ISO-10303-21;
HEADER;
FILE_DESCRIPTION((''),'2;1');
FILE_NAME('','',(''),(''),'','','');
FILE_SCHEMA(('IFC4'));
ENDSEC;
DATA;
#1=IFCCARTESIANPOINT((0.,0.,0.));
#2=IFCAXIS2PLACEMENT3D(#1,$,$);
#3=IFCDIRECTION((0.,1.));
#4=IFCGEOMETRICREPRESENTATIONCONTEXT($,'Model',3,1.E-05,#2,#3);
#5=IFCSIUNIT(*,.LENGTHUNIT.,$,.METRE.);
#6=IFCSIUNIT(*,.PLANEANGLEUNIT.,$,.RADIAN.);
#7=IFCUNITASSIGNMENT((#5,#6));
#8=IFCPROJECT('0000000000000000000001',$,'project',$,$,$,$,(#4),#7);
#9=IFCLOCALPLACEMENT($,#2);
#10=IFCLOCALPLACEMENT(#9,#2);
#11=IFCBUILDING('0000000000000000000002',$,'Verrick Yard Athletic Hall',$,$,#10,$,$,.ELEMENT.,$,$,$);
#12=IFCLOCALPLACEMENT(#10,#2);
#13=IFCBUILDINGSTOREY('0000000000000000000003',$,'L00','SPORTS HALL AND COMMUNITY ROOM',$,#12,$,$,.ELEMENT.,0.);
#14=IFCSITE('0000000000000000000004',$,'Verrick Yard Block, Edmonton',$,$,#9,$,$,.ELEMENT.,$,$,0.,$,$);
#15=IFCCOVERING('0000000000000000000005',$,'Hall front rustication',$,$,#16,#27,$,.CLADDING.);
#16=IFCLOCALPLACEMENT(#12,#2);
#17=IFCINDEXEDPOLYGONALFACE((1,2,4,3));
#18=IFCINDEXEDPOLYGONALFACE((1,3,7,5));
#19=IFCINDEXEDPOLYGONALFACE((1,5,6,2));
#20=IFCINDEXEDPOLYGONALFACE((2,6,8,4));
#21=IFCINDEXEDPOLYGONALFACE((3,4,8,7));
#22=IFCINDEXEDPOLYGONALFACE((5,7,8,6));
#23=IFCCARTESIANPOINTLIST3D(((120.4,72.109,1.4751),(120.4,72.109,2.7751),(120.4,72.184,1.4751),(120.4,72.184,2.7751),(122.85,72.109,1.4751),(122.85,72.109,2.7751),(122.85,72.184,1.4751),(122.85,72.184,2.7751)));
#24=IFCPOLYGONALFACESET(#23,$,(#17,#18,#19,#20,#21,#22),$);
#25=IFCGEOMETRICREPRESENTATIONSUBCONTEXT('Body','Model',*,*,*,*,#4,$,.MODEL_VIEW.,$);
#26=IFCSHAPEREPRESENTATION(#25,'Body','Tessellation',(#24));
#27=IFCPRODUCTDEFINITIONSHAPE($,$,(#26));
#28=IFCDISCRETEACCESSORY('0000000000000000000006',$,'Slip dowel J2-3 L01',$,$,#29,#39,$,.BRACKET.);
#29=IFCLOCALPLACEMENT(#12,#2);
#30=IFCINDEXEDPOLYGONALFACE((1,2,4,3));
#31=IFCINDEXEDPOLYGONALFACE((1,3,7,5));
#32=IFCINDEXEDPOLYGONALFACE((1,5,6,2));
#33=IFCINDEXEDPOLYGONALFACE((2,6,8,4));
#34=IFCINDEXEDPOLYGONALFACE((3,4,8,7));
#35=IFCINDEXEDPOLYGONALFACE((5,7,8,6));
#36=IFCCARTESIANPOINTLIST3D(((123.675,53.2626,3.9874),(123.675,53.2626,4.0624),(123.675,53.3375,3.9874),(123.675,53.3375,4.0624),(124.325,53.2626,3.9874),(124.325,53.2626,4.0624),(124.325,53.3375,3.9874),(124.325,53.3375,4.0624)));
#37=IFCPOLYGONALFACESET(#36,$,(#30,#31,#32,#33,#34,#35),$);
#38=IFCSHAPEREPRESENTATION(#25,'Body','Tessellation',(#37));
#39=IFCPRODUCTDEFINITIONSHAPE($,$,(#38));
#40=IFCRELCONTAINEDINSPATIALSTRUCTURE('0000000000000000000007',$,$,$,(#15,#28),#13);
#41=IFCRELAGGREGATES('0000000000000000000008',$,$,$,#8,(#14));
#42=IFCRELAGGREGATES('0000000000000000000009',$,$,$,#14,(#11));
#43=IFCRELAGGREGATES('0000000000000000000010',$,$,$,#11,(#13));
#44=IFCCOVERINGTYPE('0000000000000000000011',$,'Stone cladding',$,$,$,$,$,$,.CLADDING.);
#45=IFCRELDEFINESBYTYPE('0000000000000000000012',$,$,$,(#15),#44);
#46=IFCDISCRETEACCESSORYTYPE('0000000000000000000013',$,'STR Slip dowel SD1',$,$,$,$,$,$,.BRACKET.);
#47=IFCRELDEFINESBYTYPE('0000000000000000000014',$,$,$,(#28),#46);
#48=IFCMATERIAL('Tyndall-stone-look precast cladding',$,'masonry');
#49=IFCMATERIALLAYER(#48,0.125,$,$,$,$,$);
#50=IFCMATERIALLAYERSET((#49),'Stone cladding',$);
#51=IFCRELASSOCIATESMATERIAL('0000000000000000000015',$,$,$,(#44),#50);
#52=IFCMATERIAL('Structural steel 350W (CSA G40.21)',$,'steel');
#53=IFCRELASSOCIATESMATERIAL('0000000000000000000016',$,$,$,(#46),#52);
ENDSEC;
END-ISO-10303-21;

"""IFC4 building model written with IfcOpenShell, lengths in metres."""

from ifc_helpers import new_model, si_unit, direction, frame, origin, origin_2d, place, context, subcontext, project, spatial, rectangle, extrude, material, layer, layer_set, material_profile, profile_set, type_object, element, save


model = new_model("IFC4")

# Units and contexts
model_context = context("Model", 3, precision=1e-05, world=origin(), true_north=direction((0.0, 1.0)))
body_context = subcontext(model_context, "Body", "Model", "MODEL_VIEW")
ifc_project = project(units=[si_unit("LENGTHUNIT", "METRE"), si_unit("PLANEANGLEUNIT", "RADIAN")], contexts=[model_context])

# Site, building, storey
site_placement = place(None, origin())
site = spatial("IfcSite", under=ifc_project, at=site_placement, Name="Verrick Yard Block, Edmonton", CompositionType="ELEMENT", RefElevation=0.0)
building_placement = place(site_placement, origin())
building = spatial("IfcBuilding", under=site, at=building_placement, Name="Verrick Yard Athletic Hall", CompositionType="ELEMENT")
storey_placement = place(building_placement, origin())
storey = spatial("IfcBuildingStorey", under=building, at=storey_placement, Name="L00", Description="SPORTS HALL AND COMMUNITY ROOM", CompositionType="ELEMENT", Elevation=0.0)

# Shared definitions
ifc_material_1 = material(Name="Structural steel 350W (CSA G40.21)", Category="steel")

# Covering
ifc_material_2 = material(Name="Tyndall-stone-look precast cladding", Category="masonry")
ifc_layer_1 = layer(ifc_material_2, 0.125)
ifc_layer_set_1 = layer_set([ifc_layer_1], Name="Stone cladding")
covering_type_1 = type_object("IfcCoveringType", Name="Stone cladding", PredefinedType="CLADDING", material=ifc_layer_set_1)
for number, where, z_axis, x_axis, name in (
    (1, (121.625, 72.1465, 1.4751), (0.0, 0.0, 1.0), (1.0, 0.0, 0.0), "Hall front rustication"),
):
    element("IfcCovering", number, at=place(storey_placement, frame(where, z_axis=z_axis, x_axis=x_axis)), inside=storey, type_object=covering_type_1, Name=name, PredefinedType="CLADDING", context=body_context, shape_type="SweptSolid", body=[
        extrude(rectangle(XDim=2.45, YDim=0.075, at=origin_2d()), origin(), (0.0, 0.0, 1.0), 1.3),
    ])

# Discrete accessory
ifc_material_profile_1 = material_profile(ifc_material_1, rectangle(XDim=0.075, YDim=0.075, at=origin_2d()), Name="STR Slip dowel SD1")
ifc_profile_set_1 = profile_set([ifc_material_profile_1], Name="Structural steel 350W (CSA G40.21)")
discrete_accessory_type = type_object("IfcDiscreteAccessoryType", Name="STR Slip dowel SD1", PredefinedType="BRACKET", material=ifc_profile_set_1)
discrete_accessory_placement = place(storey_placement, frame((123.675, 53.3, 4.0249), z_axis=(1.0, 0.0, 0.0), x_axis=(0.0, 1.0, 0.0)))
element("IfcDiscreteAccessory", 2, at=discrete_accessory_placement, inside=storey, type_object=discrete_accessory_type, Name="Slip dowel J2-3 L01", PredefinedType="BRACKET", context=body_context, shape_type="SweptSolid", body=[
    extrude(rectangle(XDim=0.075, YDim=0.075, at=origin_2d()), origin(), (0.0, 0.0, 1.0), 0.6499),
])

save(model, "model.ifc")
